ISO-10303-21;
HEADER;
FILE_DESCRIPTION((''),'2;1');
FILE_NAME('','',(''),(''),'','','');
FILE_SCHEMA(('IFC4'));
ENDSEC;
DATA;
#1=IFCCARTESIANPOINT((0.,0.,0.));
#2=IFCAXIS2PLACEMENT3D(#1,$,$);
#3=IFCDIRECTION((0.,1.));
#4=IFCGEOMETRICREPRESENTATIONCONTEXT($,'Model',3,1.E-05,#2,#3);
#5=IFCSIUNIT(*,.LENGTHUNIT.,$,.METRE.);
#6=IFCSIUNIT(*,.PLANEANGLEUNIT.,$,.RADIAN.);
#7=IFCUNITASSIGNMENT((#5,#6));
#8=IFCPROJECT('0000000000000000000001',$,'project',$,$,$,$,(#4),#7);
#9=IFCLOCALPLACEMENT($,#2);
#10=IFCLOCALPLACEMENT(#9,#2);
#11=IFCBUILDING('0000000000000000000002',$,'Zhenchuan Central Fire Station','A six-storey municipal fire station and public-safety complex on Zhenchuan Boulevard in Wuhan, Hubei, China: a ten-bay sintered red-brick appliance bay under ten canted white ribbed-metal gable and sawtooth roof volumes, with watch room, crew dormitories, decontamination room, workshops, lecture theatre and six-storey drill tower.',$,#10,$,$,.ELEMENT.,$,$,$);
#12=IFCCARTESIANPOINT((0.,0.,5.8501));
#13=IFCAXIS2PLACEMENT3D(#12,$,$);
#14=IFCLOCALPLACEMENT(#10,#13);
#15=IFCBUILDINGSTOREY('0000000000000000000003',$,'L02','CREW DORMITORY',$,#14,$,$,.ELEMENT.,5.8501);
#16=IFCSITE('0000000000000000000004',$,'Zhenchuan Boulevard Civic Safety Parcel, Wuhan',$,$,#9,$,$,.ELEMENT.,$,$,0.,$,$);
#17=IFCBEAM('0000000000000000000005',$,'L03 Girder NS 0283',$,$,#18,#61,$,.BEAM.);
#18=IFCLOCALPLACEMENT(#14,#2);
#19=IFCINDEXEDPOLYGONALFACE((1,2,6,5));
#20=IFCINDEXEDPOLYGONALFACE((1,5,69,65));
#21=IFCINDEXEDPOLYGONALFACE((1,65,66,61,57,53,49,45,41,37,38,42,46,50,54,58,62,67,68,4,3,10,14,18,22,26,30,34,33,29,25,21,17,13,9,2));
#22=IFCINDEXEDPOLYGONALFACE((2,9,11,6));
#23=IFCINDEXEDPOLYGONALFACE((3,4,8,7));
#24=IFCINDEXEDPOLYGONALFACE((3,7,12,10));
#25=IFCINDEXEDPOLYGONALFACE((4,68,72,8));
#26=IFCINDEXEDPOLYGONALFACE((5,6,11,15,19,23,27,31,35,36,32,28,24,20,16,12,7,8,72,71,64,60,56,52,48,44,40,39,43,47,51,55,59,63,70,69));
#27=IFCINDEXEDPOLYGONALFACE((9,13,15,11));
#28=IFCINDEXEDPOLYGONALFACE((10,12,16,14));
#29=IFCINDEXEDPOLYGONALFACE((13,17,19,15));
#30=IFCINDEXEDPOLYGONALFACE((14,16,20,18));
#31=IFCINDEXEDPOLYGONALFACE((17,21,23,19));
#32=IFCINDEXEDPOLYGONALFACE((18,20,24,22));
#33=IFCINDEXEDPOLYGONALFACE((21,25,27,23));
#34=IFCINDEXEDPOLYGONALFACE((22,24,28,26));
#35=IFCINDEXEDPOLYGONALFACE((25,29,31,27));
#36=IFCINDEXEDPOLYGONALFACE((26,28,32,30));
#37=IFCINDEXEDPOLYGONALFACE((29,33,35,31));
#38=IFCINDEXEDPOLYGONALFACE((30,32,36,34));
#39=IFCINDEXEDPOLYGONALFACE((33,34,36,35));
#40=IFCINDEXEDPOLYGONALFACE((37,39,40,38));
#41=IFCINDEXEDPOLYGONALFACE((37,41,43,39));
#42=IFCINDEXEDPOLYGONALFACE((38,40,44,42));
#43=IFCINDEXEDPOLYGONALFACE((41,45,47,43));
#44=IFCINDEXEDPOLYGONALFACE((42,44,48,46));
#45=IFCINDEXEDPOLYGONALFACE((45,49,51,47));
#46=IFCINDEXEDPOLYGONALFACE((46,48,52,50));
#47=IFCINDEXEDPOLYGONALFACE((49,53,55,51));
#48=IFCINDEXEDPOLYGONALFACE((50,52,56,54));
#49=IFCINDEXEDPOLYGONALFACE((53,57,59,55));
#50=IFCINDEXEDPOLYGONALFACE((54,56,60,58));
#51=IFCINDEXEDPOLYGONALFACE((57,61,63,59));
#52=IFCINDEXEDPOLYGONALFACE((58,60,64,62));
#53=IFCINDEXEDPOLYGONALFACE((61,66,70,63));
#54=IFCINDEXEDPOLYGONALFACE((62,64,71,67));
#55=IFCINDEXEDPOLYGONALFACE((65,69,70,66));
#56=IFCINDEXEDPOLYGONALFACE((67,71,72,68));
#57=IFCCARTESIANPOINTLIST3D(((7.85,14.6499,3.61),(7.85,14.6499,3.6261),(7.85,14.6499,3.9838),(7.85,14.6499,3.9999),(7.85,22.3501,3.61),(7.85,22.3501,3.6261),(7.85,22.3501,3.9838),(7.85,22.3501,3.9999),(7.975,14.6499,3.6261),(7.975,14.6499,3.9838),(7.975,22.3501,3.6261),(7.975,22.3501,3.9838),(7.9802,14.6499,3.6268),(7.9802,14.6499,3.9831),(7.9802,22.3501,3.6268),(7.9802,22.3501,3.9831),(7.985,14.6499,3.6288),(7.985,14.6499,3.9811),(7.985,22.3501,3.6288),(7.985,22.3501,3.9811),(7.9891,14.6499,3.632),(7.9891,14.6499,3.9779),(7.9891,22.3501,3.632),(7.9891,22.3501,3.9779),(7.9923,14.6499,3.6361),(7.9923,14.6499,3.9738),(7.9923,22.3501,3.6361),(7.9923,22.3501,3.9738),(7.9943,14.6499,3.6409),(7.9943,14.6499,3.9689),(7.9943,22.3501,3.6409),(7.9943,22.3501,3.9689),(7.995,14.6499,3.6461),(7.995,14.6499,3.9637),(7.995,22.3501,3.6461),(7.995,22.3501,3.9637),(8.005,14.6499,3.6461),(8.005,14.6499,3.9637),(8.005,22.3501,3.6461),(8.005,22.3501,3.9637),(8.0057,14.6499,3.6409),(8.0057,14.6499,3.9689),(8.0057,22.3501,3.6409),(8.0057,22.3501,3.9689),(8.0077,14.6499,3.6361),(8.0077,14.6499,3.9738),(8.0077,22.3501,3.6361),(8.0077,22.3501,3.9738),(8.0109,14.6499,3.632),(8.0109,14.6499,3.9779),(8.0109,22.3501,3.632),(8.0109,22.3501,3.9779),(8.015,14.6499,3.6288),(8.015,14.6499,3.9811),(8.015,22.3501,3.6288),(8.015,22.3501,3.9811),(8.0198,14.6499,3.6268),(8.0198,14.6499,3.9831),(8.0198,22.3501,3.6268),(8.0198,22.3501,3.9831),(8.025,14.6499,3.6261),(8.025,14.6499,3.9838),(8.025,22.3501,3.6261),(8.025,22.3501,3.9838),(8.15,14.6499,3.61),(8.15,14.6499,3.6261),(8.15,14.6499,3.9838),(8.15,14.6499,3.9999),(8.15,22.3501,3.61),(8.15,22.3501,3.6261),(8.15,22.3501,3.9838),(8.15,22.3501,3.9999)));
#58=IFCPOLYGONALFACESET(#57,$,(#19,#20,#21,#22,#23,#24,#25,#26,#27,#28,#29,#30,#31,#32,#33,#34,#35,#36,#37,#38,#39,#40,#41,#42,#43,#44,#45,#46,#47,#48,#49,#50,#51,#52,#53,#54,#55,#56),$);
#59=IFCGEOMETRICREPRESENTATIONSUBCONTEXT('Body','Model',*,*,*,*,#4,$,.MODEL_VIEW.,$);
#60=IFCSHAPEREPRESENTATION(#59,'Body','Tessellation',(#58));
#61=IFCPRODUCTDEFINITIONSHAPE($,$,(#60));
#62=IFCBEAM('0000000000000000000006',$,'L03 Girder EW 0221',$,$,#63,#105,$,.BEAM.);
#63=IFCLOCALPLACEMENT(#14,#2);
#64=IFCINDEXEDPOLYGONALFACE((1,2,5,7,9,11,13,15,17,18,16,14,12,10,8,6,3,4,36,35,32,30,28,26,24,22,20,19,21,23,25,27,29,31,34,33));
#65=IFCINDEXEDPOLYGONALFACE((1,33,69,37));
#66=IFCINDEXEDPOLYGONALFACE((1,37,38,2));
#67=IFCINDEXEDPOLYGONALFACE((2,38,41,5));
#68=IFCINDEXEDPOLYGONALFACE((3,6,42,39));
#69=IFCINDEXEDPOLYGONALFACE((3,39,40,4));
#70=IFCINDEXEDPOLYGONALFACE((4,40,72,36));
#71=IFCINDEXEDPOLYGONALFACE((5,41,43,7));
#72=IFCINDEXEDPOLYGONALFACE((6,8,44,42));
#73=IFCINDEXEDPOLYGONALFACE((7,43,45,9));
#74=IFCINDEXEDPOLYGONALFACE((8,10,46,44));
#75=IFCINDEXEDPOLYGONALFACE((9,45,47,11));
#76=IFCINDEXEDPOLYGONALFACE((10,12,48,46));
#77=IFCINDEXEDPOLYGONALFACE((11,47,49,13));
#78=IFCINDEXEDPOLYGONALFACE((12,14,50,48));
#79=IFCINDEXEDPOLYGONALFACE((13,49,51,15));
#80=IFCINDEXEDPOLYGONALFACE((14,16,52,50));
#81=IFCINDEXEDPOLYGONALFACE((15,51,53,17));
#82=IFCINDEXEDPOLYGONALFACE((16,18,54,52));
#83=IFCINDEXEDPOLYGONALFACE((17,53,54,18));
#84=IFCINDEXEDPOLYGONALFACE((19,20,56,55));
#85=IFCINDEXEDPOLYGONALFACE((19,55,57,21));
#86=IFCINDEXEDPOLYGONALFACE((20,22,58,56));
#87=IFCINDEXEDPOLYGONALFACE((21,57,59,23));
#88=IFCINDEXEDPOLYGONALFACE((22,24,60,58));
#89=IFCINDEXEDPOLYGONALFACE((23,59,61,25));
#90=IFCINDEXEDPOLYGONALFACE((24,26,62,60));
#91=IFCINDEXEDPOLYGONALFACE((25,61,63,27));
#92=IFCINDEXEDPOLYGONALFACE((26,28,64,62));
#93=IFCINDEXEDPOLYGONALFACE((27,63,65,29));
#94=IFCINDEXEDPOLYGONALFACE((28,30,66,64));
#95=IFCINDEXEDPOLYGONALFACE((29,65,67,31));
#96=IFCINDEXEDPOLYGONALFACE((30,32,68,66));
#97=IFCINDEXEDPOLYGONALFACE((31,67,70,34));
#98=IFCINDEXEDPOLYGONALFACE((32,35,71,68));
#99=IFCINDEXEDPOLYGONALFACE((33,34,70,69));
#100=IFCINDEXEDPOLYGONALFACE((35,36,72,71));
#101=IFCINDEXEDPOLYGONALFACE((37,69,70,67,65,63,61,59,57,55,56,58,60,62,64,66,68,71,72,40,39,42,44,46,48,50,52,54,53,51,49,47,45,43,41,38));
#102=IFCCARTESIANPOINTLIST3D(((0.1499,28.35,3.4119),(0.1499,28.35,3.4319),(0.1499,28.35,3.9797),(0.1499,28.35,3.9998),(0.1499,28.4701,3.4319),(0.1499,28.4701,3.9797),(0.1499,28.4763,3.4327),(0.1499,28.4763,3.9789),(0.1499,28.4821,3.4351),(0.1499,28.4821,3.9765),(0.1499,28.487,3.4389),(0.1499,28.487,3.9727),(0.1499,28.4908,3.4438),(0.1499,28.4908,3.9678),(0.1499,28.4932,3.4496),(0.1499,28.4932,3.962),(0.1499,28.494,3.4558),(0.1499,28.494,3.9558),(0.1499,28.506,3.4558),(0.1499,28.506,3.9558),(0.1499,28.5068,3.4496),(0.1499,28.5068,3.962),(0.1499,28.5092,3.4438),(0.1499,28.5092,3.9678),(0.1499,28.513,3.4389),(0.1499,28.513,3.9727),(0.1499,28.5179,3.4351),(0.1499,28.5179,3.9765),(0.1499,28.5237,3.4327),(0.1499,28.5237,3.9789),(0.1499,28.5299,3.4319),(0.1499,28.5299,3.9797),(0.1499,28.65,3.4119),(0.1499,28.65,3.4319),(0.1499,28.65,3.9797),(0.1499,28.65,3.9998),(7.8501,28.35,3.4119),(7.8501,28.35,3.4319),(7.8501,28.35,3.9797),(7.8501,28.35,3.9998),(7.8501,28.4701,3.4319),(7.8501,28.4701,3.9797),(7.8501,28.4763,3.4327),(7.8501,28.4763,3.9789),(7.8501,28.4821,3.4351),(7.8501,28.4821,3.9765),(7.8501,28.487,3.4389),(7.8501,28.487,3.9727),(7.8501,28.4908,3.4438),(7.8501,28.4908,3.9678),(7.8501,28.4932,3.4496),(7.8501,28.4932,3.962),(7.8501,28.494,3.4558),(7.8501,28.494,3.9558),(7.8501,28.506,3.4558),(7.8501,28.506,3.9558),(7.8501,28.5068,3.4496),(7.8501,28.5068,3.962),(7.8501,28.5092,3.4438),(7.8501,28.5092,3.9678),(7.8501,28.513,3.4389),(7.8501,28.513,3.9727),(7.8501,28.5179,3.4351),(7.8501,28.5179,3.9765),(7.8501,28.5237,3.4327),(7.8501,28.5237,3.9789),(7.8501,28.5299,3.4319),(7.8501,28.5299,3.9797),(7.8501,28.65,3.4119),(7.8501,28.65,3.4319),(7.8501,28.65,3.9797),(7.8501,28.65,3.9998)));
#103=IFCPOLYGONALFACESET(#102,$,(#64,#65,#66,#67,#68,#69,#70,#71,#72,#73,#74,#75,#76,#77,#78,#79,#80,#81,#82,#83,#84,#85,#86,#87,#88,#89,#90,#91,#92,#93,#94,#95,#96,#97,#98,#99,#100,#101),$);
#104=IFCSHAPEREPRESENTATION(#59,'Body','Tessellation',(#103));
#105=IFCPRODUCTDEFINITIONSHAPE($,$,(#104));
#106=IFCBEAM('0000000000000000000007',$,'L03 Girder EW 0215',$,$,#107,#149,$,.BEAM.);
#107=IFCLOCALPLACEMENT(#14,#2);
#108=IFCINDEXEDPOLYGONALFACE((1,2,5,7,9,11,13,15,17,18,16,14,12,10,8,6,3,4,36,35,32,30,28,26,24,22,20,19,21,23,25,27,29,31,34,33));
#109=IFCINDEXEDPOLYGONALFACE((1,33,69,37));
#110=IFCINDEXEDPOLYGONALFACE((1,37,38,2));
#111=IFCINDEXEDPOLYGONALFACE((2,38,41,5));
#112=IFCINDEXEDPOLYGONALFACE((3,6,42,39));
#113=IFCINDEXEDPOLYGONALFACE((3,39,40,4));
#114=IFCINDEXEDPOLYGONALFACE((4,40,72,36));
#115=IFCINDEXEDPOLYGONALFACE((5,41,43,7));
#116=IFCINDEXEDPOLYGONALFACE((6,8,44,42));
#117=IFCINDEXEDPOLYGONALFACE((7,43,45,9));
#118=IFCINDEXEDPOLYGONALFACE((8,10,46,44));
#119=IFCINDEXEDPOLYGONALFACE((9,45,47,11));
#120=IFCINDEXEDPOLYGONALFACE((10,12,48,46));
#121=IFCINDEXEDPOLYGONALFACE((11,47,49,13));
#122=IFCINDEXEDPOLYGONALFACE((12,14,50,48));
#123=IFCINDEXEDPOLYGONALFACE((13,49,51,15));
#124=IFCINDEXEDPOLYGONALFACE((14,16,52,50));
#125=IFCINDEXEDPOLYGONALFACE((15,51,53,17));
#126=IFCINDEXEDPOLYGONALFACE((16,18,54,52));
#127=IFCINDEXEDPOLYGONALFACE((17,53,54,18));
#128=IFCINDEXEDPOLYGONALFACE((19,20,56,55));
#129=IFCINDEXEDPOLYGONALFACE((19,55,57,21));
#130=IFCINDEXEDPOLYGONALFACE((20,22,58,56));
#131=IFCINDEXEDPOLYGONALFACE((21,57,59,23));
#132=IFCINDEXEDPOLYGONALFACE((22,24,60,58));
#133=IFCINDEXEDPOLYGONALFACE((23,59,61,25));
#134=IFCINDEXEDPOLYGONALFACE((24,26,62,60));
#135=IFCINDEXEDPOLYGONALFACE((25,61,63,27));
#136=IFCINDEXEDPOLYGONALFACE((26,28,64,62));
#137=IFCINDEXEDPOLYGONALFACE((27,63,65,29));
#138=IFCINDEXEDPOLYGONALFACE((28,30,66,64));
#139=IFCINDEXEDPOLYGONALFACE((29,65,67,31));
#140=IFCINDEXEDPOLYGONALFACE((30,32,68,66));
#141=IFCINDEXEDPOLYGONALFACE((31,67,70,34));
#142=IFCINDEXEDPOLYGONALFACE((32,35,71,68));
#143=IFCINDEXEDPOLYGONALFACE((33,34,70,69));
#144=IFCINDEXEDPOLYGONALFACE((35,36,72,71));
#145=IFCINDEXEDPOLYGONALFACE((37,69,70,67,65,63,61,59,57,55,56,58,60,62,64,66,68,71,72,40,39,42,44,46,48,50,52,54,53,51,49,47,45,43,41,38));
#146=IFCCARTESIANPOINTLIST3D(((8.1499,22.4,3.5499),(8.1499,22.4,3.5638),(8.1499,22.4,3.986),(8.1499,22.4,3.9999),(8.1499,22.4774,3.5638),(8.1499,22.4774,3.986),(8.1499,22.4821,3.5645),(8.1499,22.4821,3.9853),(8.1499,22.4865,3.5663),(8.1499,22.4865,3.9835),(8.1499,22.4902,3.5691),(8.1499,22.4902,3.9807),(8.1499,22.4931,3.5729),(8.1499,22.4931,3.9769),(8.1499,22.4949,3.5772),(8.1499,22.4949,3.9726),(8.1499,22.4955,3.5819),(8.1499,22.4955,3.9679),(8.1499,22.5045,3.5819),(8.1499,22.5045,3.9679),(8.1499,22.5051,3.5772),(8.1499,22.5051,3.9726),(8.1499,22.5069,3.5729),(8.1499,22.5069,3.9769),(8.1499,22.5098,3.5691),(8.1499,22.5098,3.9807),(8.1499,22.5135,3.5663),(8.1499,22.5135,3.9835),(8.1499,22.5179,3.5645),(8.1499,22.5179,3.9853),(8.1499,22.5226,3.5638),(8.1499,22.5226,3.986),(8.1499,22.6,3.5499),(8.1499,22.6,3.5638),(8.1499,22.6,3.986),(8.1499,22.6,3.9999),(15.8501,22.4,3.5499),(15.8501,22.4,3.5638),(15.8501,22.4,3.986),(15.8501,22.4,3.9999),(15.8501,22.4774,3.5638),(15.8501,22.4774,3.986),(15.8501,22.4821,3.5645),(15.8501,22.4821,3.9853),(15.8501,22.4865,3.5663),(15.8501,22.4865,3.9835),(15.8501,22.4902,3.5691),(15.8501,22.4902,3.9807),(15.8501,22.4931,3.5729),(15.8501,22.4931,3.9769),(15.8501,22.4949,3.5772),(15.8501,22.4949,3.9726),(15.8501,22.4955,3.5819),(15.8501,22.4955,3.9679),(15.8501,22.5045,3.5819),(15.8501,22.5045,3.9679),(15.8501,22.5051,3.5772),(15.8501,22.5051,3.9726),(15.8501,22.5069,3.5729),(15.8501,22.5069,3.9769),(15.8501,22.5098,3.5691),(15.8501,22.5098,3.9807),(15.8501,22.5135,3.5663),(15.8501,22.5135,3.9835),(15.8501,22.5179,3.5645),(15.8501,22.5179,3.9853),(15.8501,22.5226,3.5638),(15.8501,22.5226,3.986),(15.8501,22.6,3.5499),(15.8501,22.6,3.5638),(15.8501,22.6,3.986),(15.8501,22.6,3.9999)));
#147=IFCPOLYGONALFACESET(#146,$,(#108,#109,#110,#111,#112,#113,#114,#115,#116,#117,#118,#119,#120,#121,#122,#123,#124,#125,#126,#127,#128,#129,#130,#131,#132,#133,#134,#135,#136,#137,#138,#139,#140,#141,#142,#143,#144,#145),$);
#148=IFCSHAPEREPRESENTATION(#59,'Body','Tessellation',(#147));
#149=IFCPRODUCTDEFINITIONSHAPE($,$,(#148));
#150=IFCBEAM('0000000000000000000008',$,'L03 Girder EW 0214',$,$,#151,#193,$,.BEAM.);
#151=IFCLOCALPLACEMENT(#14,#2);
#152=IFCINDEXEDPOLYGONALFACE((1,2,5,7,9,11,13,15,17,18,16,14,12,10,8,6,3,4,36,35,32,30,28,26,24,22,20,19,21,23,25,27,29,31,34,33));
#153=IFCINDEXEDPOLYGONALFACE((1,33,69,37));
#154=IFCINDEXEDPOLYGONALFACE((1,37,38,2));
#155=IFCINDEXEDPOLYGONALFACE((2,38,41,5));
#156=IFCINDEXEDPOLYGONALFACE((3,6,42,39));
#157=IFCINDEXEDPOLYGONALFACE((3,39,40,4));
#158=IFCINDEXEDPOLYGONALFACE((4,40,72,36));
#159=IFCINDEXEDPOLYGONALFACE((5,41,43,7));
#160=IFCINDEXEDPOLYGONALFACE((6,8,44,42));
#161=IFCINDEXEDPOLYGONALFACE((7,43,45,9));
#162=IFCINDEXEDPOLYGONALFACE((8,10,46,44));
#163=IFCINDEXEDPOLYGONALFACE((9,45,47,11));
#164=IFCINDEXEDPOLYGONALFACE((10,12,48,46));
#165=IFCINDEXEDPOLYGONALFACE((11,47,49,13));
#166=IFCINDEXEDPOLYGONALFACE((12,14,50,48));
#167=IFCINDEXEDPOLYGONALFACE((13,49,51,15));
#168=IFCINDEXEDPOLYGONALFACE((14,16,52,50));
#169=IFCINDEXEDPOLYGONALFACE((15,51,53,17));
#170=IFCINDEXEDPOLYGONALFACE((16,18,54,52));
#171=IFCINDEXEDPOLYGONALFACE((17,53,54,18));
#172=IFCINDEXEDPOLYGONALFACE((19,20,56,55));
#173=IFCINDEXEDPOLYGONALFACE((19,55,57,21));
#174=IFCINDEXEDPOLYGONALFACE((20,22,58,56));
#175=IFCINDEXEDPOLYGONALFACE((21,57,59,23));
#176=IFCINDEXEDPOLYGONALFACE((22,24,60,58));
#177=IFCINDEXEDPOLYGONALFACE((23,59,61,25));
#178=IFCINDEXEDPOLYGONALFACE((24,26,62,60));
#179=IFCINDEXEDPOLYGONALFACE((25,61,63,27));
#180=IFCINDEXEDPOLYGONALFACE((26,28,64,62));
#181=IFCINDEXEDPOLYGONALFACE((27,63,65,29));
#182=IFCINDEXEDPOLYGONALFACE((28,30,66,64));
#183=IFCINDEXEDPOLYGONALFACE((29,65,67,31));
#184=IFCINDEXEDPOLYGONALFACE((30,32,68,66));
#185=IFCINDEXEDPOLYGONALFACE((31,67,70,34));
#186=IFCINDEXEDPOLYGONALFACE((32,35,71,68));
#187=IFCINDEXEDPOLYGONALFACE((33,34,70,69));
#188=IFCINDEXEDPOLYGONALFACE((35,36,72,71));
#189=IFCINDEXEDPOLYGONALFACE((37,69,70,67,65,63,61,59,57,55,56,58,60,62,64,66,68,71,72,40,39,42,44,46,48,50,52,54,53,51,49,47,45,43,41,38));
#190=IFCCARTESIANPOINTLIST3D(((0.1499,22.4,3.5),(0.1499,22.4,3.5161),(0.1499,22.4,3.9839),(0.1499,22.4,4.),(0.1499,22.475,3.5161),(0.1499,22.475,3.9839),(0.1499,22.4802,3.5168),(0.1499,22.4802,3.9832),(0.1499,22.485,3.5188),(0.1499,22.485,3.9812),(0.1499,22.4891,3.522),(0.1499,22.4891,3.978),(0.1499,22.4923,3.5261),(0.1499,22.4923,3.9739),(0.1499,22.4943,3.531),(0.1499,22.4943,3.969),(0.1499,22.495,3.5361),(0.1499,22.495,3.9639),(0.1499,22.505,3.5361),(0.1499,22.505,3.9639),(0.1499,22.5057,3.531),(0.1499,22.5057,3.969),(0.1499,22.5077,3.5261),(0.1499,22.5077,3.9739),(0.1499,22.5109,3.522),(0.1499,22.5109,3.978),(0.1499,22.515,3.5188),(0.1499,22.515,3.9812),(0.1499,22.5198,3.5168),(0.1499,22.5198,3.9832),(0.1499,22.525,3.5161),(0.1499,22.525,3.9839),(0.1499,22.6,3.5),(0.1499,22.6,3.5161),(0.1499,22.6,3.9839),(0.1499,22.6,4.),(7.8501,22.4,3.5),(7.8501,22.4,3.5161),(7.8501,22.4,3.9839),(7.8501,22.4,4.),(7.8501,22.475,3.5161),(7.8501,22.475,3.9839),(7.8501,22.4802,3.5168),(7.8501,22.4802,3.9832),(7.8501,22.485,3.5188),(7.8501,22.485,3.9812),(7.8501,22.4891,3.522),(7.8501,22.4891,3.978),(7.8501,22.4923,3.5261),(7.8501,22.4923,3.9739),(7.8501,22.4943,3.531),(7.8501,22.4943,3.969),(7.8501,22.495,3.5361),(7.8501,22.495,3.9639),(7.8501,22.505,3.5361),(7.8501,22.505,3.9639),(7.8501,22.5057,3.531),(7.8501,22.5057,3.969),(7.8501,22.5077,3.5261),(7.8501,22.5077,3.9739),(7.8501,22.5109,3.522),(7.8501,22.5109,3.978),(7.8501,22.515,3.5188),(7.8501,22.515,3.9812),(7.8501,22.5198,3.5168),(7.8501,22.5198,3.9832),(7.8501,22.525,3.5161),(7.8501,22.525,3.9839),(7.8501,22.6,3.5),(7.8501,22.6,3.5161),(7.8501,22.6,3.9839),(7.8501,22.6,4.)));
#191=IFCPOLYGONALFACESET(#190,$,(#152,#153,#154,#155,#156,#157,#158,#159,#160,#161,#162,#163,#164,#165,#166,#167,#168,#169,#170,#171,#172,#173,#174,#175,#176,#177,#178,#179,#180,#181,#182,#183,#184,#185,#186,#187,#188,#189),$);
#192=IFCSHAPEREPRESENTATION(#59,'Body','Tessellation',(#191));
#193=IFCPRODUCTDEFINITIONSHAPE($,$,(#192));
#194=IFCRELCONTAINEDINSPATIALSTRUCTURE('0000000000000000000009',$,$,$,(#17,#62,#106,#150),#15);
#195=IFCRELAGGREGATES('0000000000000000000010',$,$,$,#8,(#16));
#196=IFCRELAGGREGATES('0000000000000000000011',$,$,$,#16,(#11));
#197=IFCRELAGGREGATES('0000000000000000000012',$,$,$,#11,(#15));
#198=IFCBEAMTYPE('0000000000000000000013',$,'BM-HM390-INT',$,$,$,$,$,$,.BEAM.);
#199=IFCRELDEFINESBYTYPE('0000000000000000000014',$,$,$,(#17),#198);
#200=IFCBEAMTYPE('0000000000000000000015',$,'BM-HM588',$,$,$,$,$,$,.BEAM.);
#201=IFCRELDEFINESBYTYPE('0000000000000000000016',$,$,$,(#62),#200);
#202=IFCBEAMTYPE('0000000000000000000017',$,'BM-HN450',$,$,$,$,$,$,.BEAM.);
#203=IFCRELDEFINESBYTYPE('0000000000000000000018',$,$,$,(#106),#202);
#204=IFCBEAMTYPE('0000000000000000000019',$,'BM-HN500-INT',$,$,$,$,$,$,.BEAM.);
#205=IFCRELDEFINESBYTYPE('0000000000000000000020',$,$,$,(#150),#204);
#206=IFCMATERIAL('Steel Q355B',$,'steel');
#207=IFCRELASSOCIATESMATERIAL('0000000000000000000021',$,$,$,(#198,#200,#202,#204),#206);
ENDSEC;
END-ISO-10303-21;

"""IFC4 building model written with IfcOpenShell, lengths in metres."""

from ifc_helpers import new_model, si_unit, direction, frame, origin, origin_2d, place, context, subcontext, project, spatial, i_section, extrude, material, material_profile, profile_set, type_object, element, save


model = new_model("IFC4")

# Units and contexts
model_context = context("Model", 3, precision=1e-05, world=origin(), true_north=direction((0.0, 1.0)))
body_context = subcontext(model_context, "Body", "Model", "MODEL_VIEW")
ifc_project = project(units=[si_unit("LENGTHUNIT", "METRE"), si_unit("PLANEANGLEUNIT", "RADIAN")], contexts=[model_context])

# Site, building, storey
site_placement = place(None, origin())
site = spatial("IfcSite", under=ifc_project, at=site_placement, Name="Zhenchuan Boulevard Civic Safety Parcel, Wuhan", CompositionType="ELEMENT", RefElevation=0.0)
building_placement = place(site_placement, origin())
building = spatial("IfcBuilding", under=site, at=building_placement, Name="Zhenchuan Central Fire Station", Description="A six-storey municipal fire station and public-safety complex on Zhenchuan Boulevard in Wuhan, Hubei, China: a ten-bay sintered red-brick appliance bay under ten canted white ribbed-metal gable and sawtooth roof volumes, with watch room, crew dormitories, decontamination room, workshops, lecture theatre and six-storey drill tower.", CompositionType="ELEMENT")
storey_placement = place(building_placement, frame((0.0, 0.0, 5.8501)))
storey = spatial("IfcBuildingStorey", under=building, at=storey_placement, Name="L02", Description="CREW DORMITORY", CompositionType="ELEMENT", Elevation=5.8501)

# Shared definitions
ifc_material_1 = material(Name="Steel Q355B", Category="steel")

# Beams
ifc_material_profile_1 = material_profile(ifc_material_1, i_section(OverallWidth=0.3, OverallDepth=0.3899, WebThickness=0.01, FlangeThickness=0.0161, FilletRadius=0.02, at=origin_2d()), Name="HM 390x300")
ifc_profile_set_1 = profile_set([ifc_material_profile_1], Name="Steel Q355B")
beam_type_1 = type_object("IfcBeamType", Name="BM-HM390-INT", PredefinedType="BEAM", material=ifc_profile_set_1)
beam_1_placement = place(storey_placement, frame((8.0, 14.6499, 3.8049), z_axis=(0.0, 1.0, 0.0), x_axis=(-1.0, 0.0, 0.0)))
element("IfcBeam", 1, at=beam_1_placement, inside=storey, type_object=beam_type_1, Name="L03 Girder NS 0283", PredefinedType="BEAM", context=body_context, shape_type="SweptSolid", body=[
    extrude(i_section(OverallWidth=0.3, OverallDepth=0.3899, WebThickness=0.01, FlangeThickness=0.0161, FilletRadius=0.02, at=origin_2d()), origin(), (0.0, 0.0, 1.0), 7.7002),
])
ifc_material_profile_2 = material_profile(ifc_material_1, i_section(OverallWidth=0.3, OverallDepth=0.5879, WebThickness=0.012, FlangeThickness=0.02, FilletRadius=0.0239, at=origin_2d()), Name="HM 588x300")
ifc_profile_set_2 = profile_set([ifc_material_profile_2], Name="Steel Q355B")
beam_type_2 = type_object("IfcBeamType", Name="BM-HM588", PredefinedType="BEAM", material=ifc_profile_set_2)
beam_2_placement = place(storey_placement, frame((0.1499, 28.5, 3.7058), z_axis=(1.0, 0.0, 0.0), x_axis=(0.0, 1.0, 0.0)))
element("IfcBeam", 2, at=beam_2_placement, inside=storey, type_object=beam_type_2, Name="L03 Girder EW 0221", PredefinedType="BEAM", context=body_context, shape_type="SweptSolid", body=[
    extrude(i_section(OverallWidth=0.3, OverallDepth=0.5879, WebThickness=0.012, FlangeThickness=0.02, FilletRadius=0.0239, at=origin_2d()), origin(), (0.0, 0.0, 1.0), 7.7002),
])
ifc_material_profile_3 = material_profile(ifc_material_1, i_section(OverallWidth=0.2, OverallDepth=0.45, WebThickness=0.009, FlangeThickness=0.0139, FilletRadius=0.0181, at=origin_2d()), Name="HN 450x200")
ifc_profile_set_3 = profile_set([ifc_material_profile_3], Name="Steel Q355B")
beam_type_3 = type_object("IfcBeamType", Name="BM-HN450", PredefinedType="BEAM", material=ifc_profile_set_3)
beam_3_placement = place(storey_placement, frame((8.1499, 22.5, 3.7749), z_axis=(1.0, 0.0, 0.0), x_axis=(0.0, 1.0, 0.0)))
element("IfcBeam", 3, at=beam_3_placement, inside=storey, type_object=beam_type_3, Name="L03 Girder EW 0215", PredefinedType="BEAM", context=body_context, shape_type="SweptSolid", body=[
    extrude(i_section(OverallWidth=0.2, OverallDepth=0.45, WebThickness=0.009, FlangeThickness=0.0139, FilletRadius=0.0181, at=origin_2d()), origin(), (0.0, 0.0, 1.0), 7.7002),
])
ifc_material_profile_4 = material_profile(ifc_material_1, i_section(OverallWidth=0.2, OverallDepth=0.5, WebThickness=0.01, FlangeThickness=0.0161, FilletRadius=0.02, at=origin_2d()), Name="HN 500x200")
ifc_profile_set_4 = profile_set([ifc_material_profile_4], Name="Steel Q355B")
beam_type_4 = type_object("IfcBeamType", Name="BM-HN500-INT", PredefinedType="BEAM", material=ifc_profile_set_4)
beam_4_placement = place(storey_placement, frame((0.1499, 22.5, 3.75), z_axis=(1.0, 0.0, 0.0), x_axis=(0.0, 1.0, 0.0)))
element("IfcBeam", 4, at=beam_4_placement, inside=storey, type_object=beam_type_4, Name="L03 Girder EW 0214", PredefinedType="BEAM", context=body_context, shape_type="SweptSolid", body=[
    extrude(i_section(OverallWidth=0.2, OverallDepth=0.5, WebThickness=0.01, FlangeThickness=0.0161, FilletRadius=0.02, at=origin_2d()), origin(), (0.0, 0.0, 1.0), 7.7002),
])

save(model, "model.ifc")
